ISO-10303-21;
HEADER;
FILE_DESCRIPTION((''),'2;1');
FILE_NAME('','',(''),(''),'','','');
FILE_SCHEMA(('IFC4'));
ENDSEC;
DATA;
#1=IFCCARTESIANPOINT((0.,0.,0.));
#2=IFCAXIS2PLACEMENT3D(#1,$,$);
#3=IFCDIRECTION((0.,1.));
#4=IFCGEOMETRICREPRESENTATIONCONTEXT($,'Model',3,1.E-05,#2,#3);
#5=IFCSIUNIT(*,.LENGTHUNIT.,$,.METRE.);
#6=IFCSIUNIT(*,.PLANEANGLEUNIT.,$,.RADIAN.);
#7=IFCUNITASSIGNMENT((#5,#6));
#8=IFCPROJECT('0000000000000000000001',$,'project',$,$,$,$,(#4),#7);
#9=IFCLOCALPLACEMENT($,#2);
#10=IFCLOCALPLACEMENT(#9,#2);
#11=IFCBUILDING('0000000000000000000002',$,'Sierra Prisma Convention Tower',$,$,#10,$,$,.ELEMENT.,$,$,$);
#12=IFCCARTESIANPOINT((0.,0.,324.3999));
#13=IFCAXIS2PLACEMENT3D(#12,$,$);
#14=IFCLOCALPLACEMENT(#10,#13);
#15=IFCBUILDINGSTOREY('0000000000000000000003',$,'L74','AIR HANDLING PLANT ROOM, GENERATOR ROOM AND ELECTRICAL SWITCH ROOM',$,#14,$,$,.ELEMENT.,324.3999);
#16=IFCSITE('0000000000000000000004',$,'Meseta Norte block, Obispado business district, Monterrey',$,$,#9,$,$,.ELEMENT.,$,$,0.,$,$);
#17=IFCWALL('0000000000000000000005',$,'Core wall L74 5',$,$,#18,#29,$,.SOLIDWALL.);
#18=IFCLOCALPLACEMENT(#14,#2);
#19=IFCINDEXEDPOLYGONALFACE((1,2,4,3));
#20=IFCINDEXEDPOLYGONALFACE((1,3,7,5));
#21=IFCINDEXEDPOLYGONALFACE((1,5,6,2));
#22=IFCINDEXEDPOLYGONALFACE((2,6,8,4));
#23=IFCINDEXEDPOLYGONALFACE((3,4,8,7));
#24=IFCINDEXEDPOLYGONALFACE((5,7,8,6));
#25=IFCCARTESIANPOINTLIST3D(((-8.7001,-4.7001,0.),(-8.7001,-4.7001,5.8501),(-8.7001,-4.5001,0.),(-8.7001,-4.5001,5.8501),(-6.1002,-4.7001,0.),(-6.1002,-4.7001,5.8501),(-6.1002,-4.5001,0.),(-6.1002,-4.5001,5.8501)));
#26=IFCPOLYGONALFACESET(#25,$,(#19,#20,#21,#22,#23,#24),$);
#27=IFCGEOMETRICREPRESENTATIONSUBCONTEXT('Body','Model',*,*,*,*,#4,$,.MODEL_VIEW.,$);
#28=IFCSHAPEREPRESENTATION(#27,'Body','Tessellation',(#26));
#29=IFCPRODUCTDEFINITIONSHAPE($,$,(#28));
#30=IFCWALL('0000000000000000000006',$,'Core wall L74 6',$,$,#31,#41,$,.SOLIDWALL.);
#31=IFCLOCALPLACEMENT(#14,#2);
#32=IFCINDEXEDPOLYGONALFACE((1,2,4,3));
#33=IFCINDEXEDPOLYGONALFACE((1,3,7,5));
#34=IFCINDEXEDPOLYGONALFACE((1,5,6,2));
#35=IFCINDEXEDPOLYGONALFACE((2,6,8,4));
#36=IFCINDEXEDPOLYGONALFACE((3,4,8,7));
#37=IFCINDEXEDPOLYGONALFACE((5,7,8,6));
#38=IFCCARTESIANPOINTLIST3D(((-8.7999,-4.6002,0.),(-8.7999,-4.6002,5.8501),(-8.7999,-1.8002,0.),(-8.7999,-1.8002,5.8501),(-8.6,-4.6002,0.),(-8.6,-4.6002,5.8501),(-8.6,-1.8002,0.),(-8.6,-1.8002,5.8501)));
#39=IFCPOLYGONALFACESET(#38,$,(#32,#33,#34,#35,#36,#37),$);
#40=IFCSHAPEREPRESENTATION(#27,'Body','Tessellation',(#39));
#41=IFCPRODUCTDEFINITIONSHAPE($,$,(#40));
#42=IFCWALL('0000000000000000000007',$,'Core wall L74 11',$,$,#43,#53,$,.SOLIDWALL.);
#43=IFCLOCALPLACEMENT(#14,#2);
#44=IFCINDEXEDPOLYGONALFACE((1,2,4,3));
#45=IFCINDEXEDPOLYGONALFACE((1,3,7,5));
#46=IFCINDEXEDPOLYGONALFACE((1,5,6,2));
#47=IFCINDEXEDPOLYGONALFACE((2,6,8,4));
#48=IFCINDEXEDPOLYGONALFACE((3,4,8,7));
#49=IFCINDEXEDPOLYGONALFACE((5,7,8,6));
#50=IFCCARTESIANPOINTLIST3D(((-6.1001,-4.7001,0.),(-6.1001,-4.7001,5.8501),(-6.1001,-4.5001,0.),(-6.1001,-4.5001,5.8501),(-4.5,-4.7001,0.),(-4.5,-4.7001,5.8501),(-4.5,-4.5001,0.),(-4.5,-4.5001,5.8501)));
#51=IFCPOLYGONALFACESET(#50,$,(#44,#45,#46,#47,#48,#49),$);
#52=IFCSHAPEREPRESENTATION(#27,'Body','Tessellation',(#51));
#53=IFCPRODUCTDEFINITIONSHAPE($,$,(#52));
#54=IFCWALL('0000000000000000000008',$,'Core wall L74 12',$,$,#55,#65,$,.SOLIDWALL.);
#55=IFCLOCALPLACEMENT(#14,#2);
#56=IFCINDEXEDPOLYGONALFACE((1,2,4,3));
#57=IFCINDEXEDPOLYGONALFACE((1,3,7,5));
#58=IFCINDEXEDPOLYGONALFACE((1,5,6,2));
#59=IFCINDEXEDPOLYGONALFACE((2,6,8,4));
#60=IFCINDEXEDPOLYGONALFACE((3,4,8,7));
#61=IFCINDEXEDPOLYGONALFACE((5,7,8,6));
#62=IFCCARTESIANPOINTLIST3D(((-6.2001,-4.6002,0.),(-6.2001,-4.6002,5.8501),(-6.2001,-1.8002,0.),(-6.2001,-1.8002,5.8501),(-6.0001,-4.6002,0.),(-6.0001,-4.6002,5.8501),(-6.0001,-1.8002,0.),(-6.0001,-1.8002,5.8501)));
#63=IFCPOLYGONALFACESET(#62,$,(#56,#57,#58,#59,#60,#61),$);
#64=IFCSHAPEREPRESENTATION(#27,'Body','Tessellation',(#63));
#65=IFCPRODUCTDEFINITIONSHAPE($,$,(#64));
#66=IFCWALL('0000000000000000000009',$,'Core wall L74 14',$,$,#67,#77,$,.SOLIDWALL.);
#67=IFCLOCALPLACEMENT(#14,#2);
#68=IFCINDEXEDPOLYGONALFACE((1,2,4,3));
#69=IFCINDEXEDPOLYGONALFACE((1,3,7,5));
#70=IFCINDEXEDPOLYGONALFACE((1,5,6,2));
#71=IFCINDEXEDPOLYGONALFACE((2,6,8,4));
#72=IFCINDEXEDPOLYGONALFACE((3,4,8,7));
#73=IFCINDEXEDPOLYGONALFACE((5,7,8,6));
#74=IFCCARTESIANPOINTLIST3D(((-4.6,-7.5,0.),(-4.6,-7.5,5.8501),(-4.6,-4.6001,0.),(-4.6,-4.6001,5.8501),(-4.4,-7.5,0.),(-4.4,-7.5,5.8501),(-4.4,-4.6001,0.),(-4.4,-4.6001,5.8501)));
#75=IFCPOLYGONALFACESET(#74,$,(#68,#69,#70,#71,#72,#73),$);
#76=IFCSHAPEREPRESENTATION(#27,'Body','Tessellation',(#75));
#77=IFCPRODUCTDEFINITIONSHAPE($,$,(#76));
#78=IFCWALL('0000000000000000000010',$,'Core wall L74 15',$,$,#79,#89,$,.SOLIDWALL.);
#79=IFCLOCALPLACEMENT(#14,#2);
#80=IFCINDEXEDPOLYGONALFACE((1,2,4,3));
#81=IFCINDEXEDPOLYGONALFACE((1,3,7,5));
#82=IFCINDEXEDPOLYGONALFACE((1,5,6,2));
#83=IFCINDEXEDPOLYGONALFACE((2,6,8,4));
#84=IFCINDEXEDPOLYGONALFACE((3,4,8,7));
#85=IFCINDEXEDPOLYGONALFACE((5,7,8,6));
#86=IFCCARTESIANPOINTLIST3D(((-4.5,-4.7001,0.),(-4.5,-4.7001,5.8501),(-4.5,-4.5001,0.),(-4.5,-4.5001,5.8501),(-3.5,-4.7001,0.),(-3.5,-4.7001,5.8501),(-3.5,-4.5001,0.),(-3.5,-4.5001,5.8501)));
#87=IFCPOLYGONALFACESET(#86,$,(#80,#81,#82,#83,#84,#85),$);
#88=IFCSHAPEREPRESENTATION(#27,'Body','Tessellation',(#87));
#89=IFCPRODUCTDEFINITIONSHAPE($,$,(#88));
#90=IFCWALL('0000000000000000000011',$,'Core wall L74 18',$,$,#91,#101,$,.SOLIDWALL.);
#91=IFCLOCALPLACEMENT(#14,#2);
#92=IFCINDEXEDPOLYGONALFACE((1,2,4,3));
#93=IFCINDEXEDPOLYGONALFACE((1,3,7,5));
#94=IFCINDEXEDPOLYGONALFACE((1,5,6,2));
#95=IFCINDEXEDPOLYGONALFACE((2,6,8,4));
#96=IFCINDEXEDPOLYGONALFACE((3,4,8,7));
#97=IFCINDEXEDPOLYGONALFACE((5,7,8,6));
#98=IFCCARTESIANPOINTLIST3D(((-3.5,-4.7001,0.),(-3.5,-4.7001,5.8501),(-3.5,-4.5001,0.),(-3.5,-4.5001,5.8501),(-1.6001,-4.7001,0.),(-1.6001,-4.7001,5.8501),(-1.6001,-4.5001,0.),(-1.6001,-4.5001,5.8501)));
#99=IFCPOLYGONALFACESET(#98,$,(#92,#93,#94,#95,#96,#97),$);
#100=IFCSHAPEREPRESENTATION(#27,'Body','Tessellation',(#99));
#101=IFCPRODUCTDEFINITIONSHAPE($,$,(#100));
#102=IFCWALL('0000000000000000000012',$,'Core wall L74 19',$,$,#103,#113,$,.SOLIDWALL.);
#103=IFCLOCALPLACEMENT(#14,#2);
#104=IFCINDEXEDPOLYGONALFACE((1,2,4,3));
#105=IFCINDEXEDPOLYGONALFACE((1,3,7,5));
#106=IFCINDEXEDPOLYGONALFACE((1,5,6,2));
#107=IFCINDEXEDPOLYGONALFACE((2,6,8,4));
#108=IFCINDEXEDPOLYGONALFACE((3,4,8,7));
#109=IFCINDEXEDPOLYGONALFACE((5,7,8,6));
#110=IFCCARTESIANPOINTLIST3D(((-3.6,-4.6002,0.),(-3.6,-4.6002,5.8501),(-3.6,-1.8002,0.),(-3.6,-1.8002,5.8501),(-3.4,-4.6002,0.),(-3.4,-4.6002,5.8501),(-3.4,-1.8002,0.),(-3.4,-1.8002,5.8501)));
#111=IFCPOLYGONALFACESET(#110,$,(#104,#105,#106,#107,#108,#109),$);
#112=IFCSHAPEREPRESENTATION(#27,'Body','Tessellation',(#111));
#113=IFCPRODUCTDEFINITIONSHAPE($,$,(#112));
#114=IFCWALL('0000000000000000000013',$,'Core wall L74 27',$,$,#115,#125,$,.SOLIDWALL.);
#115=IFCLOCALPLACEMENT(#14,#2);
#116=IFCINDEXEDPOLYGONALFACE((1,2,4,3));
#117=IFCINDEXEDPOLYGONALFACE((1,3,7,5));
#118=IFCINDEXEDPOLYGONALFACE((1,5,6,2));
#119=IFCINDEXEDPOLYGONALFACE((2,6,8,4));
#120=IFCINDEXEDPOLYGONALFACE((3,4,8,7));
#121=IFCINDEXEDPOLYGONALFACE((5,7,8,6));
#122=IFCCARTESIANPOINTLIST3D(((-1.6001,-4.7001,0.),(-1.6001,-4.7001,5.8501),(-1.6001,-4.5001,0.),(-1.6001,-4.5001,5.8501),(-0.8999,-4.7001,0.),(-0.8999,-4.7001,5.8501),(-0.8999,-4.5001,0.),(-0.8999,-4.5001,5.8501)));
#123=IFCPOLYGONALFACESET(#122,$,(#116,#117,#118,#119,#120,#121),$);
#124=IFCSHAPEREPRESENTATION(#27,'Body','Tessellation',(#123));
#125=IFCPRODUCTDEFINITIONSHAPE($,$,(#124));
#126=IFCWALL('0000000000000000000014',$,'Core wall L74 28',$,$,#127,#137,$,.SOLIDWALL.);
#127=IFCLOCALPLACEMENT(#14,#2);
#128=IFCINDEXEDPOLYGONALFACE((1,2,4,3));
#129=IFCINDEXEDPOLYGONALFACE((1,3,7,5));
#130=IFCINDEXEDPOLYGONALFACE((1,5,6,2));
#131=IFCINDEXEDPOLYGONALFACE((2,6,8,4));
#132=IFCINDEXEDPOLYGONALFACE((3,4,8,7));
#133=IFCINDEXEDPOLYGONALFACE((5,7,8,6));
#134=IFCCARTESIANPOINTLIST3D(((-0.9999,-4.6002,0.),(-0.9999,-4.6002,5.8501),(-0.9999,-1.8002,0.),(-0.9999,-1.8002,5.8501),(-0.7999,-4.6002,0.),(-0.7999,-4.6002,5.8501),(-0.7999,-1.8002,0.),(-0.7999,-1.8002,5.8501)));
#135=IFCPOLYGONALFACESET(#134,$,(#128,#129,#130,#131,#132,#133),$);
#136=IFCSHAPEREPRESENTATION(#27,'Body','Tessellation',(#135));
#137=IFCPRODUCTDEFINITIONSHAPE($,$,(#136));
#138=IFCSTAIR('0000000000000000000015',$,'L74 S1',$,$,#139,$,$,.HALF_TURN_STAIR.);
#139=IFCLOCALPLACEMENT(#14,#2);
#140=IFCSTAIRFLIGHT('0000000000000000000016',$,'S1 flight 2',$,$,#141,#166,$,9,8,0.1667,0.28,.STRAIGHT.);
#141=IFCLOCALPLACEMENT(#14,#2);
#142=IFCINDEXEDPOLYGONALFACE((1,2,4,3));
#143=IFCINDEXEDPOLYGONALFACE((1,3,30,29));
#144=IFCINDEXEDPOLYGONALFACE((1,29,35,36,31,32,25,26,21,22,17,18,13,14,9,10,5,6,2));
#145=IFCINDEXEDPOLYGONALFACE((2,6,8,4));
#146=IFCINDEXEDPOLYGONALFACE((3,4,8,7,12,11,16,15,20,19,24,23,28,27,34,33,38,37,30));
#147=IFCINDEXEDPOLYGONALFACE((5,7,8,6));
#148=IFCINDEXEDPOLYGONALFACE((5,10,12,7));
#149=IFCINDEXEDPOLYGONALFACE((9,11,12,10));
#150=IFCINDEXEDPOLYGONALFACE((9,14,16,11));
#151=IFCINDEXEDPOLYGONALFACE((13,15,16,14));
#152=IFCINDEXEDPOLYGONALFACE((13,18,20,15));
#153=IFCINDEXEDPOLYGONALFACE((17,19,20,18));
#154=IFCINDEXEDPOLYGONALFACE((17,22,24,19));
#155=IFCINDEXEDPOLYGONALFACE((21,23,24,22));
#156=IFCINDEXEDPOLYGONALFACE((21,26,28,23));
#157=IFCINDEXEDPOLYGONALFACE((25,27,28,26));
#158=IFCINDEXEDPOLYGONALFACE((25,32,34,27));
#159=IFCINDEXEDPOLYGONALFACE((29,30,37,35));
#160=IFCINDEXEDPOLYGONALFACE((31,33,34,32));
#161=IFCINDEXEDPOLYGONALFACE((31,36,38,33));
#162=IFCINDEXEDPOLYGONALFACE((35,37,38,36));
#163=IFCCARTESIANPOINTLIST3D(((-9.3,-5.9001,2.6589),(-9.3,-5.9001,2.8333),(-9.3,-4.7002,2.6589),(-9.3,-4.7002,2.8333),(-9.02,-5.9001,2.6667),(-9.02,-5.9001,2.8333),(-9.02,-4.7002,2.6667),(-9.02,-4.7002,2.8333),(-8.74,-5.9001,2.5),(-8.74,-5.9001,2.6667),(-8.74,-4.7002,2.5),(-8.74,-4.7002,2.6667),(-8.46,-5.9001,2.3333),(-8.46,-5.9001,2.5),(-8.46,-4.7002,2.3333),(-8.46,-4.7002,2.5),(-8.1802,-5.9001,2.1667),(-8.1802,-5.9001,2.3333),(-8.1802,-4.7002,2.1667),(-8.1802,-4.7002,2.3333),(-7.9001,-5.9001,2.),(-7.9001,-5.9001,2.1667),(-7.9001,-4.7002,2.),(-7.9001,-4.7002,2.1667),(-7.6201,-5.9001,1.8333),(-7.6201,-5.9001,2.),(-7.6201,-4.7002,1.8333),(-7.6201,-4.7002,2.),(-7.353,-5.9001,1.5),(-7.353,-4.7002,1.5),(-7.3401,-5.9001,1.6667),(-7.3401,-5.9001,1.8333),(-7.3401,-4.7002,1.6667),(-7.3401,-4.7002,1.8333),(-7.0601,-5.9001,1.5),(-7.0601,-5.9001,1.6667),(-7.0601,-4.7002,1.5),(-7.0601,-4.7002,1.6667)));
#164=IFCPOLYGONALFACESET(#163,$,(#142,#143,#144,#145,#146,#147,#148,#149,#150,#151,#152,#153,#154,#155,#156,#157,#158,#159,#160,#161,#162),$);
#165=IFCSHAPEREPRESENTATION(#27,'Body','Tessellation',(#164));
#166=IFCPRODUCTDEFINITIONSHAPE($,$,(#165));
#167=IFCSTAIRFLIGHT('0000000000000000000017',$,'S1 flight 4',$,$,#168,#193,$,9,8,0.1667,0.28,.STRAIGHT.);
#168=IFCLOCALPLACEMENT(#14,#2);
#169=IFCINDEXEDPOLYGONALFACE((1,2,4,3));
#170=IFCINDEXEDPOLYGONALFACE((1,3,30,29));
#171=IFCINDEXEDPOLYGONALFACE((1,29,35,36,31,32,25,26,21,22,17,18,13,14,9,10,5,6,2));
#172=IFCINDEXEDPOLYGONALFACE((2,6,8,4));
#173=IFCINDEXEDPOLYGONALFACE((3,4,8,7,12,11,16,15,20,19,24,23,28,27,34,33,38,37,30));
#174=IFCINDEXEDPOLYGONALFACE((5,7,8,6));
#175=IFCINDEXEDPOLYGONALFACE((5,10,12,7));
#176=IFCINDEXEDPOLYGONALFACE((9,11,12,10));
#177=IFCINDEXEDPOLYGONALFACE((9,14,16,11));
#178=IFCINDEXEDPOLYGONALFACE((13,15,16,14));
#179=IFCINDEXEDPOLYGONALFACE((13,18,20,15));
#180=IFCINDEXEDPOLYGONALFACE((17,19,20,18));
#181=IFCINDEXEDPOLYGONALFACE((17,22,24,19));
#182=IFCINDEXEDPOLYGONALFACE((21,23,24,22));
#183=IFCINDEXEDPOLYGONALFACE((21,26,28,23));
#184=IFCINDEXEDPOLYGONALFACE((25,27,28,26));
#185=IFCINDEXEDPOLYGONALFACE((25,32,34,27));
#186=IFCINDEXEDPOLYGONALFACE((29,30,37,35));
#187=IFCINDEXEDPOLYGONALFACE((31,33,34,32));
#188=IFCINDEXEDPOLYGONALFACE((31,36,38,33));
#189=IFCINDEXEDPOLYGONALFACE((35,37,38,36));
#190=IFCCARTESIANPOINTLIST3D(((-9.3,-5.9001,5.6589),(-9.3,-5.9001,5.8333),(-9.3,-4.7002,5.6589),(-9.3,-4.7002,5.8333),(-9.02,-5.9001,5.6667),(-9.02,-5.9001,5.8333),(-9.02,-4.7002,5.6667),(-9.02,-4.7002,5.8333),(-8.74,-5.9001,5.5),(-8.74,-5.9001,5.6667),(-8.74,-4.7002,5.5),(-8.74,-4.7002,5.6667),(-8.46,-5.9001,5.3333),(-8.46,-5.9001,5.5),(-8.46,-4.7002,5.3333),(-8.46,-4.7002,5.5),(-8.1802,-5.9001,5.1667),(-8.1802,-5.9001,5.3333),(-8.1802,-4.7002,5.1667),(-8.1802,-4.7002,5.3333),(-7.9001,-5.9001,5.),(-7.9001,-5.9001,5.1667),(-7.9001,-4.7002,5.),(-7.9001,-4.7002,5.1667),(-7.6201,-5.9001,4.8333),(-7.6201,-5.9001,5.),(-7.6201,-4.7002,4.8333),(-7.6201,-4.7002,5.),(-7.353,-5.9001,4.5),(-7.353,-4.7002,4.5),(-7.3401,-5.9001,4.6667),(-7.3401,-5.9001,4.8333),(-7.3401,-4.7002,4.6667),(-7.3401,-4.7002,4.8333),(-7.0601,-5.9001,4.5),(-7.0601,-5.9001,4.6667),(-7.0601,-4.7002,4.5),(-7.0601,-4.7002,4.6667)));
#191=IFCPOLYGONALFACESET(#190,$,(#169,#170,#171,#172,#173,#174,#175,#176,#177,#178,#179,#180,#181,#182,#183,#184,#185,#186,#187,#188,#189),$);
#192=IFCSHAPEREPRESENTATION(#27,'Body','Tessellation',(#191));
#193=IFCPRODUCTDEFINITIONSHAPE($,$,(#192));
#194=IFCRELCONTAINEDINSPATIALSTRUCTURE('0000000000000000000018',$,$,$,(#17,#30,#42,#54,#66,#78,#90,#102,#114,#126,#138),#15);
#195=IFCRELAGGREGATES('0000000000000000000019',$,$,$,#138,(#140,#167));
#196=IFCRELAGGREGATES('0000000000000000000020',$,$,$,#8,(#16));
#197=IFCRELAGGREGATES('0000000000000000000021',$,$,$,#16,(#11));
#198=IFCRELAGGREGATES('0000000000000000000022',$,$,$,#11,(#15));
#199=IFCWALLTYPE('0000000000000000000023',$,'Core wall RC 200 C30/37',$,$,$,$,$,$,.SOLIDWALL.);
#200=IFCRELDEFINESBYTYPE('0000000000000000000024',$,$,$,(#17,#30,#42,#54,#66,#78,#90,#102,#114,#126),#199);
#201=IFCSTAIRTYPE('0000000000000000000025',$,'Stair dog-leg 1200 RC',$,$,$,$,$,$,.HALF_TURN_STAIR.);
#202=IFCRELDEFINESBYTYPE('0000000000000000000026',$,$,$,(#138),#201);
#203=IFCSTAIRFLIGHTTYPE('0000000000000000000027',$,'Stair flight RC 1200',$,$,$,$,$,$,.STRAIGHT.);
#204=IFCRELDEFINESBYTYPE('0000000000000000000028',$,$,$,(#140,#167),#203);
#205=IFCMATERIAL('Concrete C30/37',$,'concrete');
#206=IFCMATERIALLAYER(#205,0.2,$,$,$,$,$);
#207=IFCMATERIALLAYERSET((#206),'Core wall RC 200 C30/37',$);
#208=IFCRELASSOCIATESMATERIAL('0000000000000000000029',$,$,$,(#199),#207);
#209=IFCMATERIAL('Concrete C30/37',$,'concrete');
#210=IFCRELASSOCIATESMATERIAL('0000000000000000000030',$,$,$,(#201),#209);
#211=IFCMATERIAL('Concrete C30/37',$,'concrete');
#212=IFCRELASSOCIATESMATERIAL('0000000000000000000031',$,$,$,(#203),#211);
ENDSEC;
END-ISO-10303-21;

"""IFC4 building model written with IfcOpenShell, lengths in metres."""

from ifc_helpers import new_model, si_unit, direction, frame, frame_2d, origin, place, context, subcontext, project, spatial, polyline, rectangle, outline, extrude, material, layer, layer_set, type_object, element, aggregate, save


model = new_model("IFC4")

# Units and contexts
model_context = context("Model", 3, precision=1e-05, world=origin(), true_north=direction((0.0, 1.0)))
body_context = subcontext(model_context, "Body", "Model", "MODEL_VIEW")
ifc_project = project(units=[si_unit("LENGTHUNIT", "METRE"), si_unit("PLANEANGLEUNIT", "RADIAN")], contexts=[model_context])

# Site, building, storey
site_placement = place(None, origin())
site = spatial("IfcSite", under=ifc_project, at=site_placement, Name="Meseta Norte block, Obispado business district, Monterrey", CompositionType="ELEMENT", RefElevation=0.0)
building_placement = place(site_placement, origin())
building = spatial("IfcBuilding", under=site, at=building_placement, Name="Sierra Prisma Convention Tower", CompositionType="ELEMENT")
storey_placement = place(building_placement, frame((0.0, 0.0, 324.3999)))
storey = spatial("IfcBuildingStorey", under=building, at=storey_placement, Name="L74", Description="AIR HANDLING PLANT ROOM, GENERATOR ROOM AND ELECTRICAL SWITCH ROOM", CompositionType="ELEMENT", Elevation=324.3999)

# Walls
ifc_material_1 = material(Name="Concrete C30/37", Category="concrete")
ifc_layer = layer(ifc_material_1, 0.2)
ifc_layer_set = layer_set([ifc_layer], Name="Core wall RC 200 C30/37")
wall_type = type_object("IfcWallType", Name="Core wall RC 200 C30/37", PredefinedType="SOLIDWALL", material=ifc_layer_set)
wall_1_placement = place(storey_placement, frame((-8.7, -4.6001, 0.0), z_axis=(0.0, 0.0, 1.0), x_axis=(1.0, 0.0, 0.0)))
element("IfcWall", 1, at=wall_1_placement, inside=storey, type_object=wall_type, Name="Core wall L74 5", PredefinedType="SOLIDWALL", context=body_context, shape_type="SweptSolid", body=[
    extrude(rectangle(XDim=2.5999, YDim=0.2, at=frame_2d((1.2998, 0.0))), origin(), (0.0, 0.0, 1.0), 5.8501),
])
wall_2_placement = place(storey_placement, frame((-8.7, -4.6001, 0.0), z_axis=(0.0, 0.0, 1.0), x_axis=(0.0, 1.0, 0.0)))
element("IfcWall", 2, at=wall_2_placement, inside=storey, type_object=wall_type, Name="Core wall L74 6", PredefinedType="SOLIDWALL", context=body_context, shape_type="SweptSolid", body=[
    extrude(rectangle(XDim=2.8, YDim=0.2, at=frame_2d((1.3999, 0.0))), origin(), (0.0, 0.0, 1.0), 5.8501),
])
wall_3_placement = place(storey_placement, frame((-6.1001, -4.6001, 0.0), z_axis=(0.0, 0.0, 1.0), x_axis=(1.0, 0.0, 0.0)))
element("IfcWall", 3, at=wall_3_placement, inside=storey, type_object=wall_type, Name="Core wall L74 11", PredefinedType="SOLIDWALL", context=body_context, shape_type="SweptSolid", body=[
    extrude(rectangle(XDim=1.6001, YDim=0.2, at=frame_2d((0.8, 0.0))), origin(), (0.0, 0.0, 1.0), 5.8501),
])
wall_4_placement = place(storey_placement, frame((-6.1001, -4.6001, 0.0), z_axis=(0.0, 0.0, 1.0), x_axis=(0.0, 1.0, 0.0)))
element("IfcWall", 4, at=wall_4_placement, inside=storey, type_object=wall_type, Name="Core wall L74 12", PredefinedType="SOLIDWALL", context=body_context, shape_type="SweptSolid", body=[
    extrude(rectangle(XDim=2.8, YDim=0.2, at=frame_2d((1.3999, 0.0))), origin(), (0.0, 0.0, 1.0), 5.8501),
])
wall_5_placement = place(storey_placement, frame((-4.5, -4.6001, 0.0), z_axis=(0.0, 0.0, 1.0), x_axis=(0.0, -1.0, 0.0)))
element("IfcWall", 5, at=wall_5_placement, inside=storey, type_object=wall_type, Name="Core wall L74 14", PredefinedType="SOLIDWALL", context=body_context, shape_type="SweptSolid", body=[
    extrude(rectangle(XDim=2.8999, YDim=0.2, at=frame_2d((1.45, 0.0))), origin(), (0.0, 0.0, 1.0), 5.8501),
])
wall_6_placement = place(storey_placement, frame((-4.5, -4.6001, 0.0), z_axis=(0.0, 0.0, 1.0), x_axis=(1.0, 0.0, 0.0)))
element("IfcWall", 6, at=wall_6_placement, inside=storey, type_object=wall_type, Name="Core wall L74 15", PredefinedType="SOLIDWALL", context=body_context, shape_type="SweptSolid", body=[
    extrude(rectangle(XDim=1.0, YDim=0.2, at=frame_2d((0.5, 0.0))), origin(), (0.0, 0.0, 1.0), 5.8501),
])
wall_7_placement = place(storey_placement, frame((-3.5, -4.6001, 0.0), z_axis=(0.0, 0.0, 1.0), x_axis=(1.0, 0.0, 0.0)))
element("IfcWall", 7, at=wall_7_placement, inside=storey, type_object=wall_type, Name="Core wall L74 18", PredefinedType="SOLIDWALL", context=body_context, shape_type="SweptSolid", body=[
    extrude(rectangle(XDim=1.8999, YDim=0.2, at=frame_2d((0.95, 0.0))), origin(), (0.0, 0.0, 1.0), 5.8501),
])
wall_8_placement = place(storey_placement, frame((-3.5, -4.6001, 0.0), z_axis=(0.0, 0.0, 1.0), x_axis=(0.0, 1.0, 0.0)))
element("IfcWall", 8, at=wall_8_placement, inside=storey, type_object=wall_type, Name="Core wall L74 19", PredefinedType="SOLIDWALL", context=body_context, shape_type="SweptSolid", body=[
    extrude(rectangle(XDim=2.8, YDim=0.2, at=frame_2d((1.3999, 0.0))), origin(), (0.0, 0.0, 1.0), 5.8501),
])
wall_9_placement = place(storey_placement, frame((-1.6001, -4.6001, 0.0), z_axis=(0.0, 0.0, 1.0), x_axis=(1.0, 0.0, 0.0)))
element("IfcWall", 9, at=wall_9_placement, inside=storey, type_object=wall_type, Name="Core wall L74 27", PredefinedType="SOLIDWALL", context=body_context, shape_type="SweptSolid", body=[
    extrude(rectangle(XDim=0.7002, YDim=0.2, at=frame_2d((0.3501, 0.0))), origin(), (0.0, 0.0, 1.0), 5.8501),
])
wall_10_placement = place(storey_placement, frame((-0.8999, -4.6001, 0.0), z_axis=(0.0, 0.0, 1.0), x_axis=(0.0, 1.0, 0.0)))
element("IfcWall", 10, at=wall_10_placement, inside=storey, type_object=wall_type, Name="Core wall L74 28", PredefinedType="SOLIDWALL", context=body_context, shape_type="SweptSolid", body=[
    extrude(rectangle(XDim=2.8, YDim=0.2, at=frame_2d((1.3999, 0.0))), origin(), (0.0, 0.0, 1.0), 5.8501),
])

# Stair, stair flights
ifc_material_2 = material(Name="Concrete C30/37", Category="concrete")
stair_type = type_object("IfcStairType", Name="Stair dog-leg 1200 RC", PredefinedType="HALF_TURN_STAIR", material=ifc_material_2)
stair_placement = place(storey_placement, origin())
stair = element("IfcStair", 11, at=stair_placement, inside=storey, type_object=stair_type, Name="L74 S1", PredefinedType="HALF_TURN_STAIR")
ifc_material_3 = material(Name="Concrete C30/37", Category="concrete")
stair_flight_type = type_object("IfcStairFlightType", Name="Stair flight RC 1200", PredefinedType="STRAIGHT", material=ifc_material_3)
stair_flight_1_placement = place(storey_placement, frame((-7.0601, -5.3, 1.5), z_axis=(0.0, 0.0, 1.0), x_axis=(-1.0, 0.0, 0.0)))
stair_flight_1 = element("IfcStairFlight", 12, at=stair_flight_1_placement, type_object=stair_flight_type, Name="S1 flight 2", NumberOfRisers=9, NumberOfTreads=8, PredefinedType="STRAIGHT", RiserHeight=0.1667, TreadLength=0.28, context=body_context, shape_type="SweptSolid", body=[
    extrude(outline(polyline([(0.0, 0.0), (0.0, 0.1667), (0.28, 0.1667), (0.28, 0.3333), (0.5601, 0.3333), (0.5601, 0.5), (0.8401, 0.5), (0.8401, 0.6667), (1.1201, 0.6667), (1.1201, 0.8333), (1.3999, 0.8333), (1.3999, 1.0), (1.6799, 1.0), (1.6799, 1.1667), (1.96, 1.1667), (1.96, 1.3333), (2.24, 1.3333), (2.24, 1.5), (2.24, 1.1589), (0.293, 0.0), (0.0, 0.0)])), frame((0.0, 0.6001, 0.0), z_axis=(0.0, -1.0, 0.0), x_axis=(1.0, 0.0, 0.0)), (0.0, 0.0, 1.0), 1.2),
])
stair_flight_2_placement = place(storey_placement, frame((-7.0601, -5.3, 4.5), z_axis=(0.0, 0.0, 1.0), x_axis=(-1.0, 0.0, 0.0)))
stair_flight_2 = element("IfcStairFlight", 13, at=stair_flight_2_placement, type_object=stair_flight_type, Name="S1 flight 4", NumberOfRisers=9, NumberOfTreads=8, PredefinedType="STRAIGHT", RiserHeight=0.1667, TreadLength=0.28, context=body_context, shape_type="SweptSolid", body=[
    extrude(outline(polyline([(0.0, 0.0), (0.0, 0.1667), (0.28, 0.1667), (0.28, 0.3333), (0.5601, 0.3333), (0.5601, 0.5), (0.8401, 0.5), (0.8401, 0.6667), (1.1201, 0.6667), (1.1201, 0.8333), (1.3999, 0.8333), (1.3999, 1.0), (1.6799, 1.0), (1.6799, 1.1667), (1.96, 1.1667), (1.96, 1.3333), (2.24, 1.3333), (2.24, 1.5), (2.24, 1.1589), (0.293, 0.0), (0.0, 0.0)])), frame((0.0, 0.6001, 0.0), z_axis=(0.0, -1.0, 0.0), x_axis=(1.0, 0.0, 0.0)), (0.0, 0.0, 1.0), 1.2),
])
aggregate(stair, [stair_flight_1, stair_flight_2])

save(model, "model.ifc")
